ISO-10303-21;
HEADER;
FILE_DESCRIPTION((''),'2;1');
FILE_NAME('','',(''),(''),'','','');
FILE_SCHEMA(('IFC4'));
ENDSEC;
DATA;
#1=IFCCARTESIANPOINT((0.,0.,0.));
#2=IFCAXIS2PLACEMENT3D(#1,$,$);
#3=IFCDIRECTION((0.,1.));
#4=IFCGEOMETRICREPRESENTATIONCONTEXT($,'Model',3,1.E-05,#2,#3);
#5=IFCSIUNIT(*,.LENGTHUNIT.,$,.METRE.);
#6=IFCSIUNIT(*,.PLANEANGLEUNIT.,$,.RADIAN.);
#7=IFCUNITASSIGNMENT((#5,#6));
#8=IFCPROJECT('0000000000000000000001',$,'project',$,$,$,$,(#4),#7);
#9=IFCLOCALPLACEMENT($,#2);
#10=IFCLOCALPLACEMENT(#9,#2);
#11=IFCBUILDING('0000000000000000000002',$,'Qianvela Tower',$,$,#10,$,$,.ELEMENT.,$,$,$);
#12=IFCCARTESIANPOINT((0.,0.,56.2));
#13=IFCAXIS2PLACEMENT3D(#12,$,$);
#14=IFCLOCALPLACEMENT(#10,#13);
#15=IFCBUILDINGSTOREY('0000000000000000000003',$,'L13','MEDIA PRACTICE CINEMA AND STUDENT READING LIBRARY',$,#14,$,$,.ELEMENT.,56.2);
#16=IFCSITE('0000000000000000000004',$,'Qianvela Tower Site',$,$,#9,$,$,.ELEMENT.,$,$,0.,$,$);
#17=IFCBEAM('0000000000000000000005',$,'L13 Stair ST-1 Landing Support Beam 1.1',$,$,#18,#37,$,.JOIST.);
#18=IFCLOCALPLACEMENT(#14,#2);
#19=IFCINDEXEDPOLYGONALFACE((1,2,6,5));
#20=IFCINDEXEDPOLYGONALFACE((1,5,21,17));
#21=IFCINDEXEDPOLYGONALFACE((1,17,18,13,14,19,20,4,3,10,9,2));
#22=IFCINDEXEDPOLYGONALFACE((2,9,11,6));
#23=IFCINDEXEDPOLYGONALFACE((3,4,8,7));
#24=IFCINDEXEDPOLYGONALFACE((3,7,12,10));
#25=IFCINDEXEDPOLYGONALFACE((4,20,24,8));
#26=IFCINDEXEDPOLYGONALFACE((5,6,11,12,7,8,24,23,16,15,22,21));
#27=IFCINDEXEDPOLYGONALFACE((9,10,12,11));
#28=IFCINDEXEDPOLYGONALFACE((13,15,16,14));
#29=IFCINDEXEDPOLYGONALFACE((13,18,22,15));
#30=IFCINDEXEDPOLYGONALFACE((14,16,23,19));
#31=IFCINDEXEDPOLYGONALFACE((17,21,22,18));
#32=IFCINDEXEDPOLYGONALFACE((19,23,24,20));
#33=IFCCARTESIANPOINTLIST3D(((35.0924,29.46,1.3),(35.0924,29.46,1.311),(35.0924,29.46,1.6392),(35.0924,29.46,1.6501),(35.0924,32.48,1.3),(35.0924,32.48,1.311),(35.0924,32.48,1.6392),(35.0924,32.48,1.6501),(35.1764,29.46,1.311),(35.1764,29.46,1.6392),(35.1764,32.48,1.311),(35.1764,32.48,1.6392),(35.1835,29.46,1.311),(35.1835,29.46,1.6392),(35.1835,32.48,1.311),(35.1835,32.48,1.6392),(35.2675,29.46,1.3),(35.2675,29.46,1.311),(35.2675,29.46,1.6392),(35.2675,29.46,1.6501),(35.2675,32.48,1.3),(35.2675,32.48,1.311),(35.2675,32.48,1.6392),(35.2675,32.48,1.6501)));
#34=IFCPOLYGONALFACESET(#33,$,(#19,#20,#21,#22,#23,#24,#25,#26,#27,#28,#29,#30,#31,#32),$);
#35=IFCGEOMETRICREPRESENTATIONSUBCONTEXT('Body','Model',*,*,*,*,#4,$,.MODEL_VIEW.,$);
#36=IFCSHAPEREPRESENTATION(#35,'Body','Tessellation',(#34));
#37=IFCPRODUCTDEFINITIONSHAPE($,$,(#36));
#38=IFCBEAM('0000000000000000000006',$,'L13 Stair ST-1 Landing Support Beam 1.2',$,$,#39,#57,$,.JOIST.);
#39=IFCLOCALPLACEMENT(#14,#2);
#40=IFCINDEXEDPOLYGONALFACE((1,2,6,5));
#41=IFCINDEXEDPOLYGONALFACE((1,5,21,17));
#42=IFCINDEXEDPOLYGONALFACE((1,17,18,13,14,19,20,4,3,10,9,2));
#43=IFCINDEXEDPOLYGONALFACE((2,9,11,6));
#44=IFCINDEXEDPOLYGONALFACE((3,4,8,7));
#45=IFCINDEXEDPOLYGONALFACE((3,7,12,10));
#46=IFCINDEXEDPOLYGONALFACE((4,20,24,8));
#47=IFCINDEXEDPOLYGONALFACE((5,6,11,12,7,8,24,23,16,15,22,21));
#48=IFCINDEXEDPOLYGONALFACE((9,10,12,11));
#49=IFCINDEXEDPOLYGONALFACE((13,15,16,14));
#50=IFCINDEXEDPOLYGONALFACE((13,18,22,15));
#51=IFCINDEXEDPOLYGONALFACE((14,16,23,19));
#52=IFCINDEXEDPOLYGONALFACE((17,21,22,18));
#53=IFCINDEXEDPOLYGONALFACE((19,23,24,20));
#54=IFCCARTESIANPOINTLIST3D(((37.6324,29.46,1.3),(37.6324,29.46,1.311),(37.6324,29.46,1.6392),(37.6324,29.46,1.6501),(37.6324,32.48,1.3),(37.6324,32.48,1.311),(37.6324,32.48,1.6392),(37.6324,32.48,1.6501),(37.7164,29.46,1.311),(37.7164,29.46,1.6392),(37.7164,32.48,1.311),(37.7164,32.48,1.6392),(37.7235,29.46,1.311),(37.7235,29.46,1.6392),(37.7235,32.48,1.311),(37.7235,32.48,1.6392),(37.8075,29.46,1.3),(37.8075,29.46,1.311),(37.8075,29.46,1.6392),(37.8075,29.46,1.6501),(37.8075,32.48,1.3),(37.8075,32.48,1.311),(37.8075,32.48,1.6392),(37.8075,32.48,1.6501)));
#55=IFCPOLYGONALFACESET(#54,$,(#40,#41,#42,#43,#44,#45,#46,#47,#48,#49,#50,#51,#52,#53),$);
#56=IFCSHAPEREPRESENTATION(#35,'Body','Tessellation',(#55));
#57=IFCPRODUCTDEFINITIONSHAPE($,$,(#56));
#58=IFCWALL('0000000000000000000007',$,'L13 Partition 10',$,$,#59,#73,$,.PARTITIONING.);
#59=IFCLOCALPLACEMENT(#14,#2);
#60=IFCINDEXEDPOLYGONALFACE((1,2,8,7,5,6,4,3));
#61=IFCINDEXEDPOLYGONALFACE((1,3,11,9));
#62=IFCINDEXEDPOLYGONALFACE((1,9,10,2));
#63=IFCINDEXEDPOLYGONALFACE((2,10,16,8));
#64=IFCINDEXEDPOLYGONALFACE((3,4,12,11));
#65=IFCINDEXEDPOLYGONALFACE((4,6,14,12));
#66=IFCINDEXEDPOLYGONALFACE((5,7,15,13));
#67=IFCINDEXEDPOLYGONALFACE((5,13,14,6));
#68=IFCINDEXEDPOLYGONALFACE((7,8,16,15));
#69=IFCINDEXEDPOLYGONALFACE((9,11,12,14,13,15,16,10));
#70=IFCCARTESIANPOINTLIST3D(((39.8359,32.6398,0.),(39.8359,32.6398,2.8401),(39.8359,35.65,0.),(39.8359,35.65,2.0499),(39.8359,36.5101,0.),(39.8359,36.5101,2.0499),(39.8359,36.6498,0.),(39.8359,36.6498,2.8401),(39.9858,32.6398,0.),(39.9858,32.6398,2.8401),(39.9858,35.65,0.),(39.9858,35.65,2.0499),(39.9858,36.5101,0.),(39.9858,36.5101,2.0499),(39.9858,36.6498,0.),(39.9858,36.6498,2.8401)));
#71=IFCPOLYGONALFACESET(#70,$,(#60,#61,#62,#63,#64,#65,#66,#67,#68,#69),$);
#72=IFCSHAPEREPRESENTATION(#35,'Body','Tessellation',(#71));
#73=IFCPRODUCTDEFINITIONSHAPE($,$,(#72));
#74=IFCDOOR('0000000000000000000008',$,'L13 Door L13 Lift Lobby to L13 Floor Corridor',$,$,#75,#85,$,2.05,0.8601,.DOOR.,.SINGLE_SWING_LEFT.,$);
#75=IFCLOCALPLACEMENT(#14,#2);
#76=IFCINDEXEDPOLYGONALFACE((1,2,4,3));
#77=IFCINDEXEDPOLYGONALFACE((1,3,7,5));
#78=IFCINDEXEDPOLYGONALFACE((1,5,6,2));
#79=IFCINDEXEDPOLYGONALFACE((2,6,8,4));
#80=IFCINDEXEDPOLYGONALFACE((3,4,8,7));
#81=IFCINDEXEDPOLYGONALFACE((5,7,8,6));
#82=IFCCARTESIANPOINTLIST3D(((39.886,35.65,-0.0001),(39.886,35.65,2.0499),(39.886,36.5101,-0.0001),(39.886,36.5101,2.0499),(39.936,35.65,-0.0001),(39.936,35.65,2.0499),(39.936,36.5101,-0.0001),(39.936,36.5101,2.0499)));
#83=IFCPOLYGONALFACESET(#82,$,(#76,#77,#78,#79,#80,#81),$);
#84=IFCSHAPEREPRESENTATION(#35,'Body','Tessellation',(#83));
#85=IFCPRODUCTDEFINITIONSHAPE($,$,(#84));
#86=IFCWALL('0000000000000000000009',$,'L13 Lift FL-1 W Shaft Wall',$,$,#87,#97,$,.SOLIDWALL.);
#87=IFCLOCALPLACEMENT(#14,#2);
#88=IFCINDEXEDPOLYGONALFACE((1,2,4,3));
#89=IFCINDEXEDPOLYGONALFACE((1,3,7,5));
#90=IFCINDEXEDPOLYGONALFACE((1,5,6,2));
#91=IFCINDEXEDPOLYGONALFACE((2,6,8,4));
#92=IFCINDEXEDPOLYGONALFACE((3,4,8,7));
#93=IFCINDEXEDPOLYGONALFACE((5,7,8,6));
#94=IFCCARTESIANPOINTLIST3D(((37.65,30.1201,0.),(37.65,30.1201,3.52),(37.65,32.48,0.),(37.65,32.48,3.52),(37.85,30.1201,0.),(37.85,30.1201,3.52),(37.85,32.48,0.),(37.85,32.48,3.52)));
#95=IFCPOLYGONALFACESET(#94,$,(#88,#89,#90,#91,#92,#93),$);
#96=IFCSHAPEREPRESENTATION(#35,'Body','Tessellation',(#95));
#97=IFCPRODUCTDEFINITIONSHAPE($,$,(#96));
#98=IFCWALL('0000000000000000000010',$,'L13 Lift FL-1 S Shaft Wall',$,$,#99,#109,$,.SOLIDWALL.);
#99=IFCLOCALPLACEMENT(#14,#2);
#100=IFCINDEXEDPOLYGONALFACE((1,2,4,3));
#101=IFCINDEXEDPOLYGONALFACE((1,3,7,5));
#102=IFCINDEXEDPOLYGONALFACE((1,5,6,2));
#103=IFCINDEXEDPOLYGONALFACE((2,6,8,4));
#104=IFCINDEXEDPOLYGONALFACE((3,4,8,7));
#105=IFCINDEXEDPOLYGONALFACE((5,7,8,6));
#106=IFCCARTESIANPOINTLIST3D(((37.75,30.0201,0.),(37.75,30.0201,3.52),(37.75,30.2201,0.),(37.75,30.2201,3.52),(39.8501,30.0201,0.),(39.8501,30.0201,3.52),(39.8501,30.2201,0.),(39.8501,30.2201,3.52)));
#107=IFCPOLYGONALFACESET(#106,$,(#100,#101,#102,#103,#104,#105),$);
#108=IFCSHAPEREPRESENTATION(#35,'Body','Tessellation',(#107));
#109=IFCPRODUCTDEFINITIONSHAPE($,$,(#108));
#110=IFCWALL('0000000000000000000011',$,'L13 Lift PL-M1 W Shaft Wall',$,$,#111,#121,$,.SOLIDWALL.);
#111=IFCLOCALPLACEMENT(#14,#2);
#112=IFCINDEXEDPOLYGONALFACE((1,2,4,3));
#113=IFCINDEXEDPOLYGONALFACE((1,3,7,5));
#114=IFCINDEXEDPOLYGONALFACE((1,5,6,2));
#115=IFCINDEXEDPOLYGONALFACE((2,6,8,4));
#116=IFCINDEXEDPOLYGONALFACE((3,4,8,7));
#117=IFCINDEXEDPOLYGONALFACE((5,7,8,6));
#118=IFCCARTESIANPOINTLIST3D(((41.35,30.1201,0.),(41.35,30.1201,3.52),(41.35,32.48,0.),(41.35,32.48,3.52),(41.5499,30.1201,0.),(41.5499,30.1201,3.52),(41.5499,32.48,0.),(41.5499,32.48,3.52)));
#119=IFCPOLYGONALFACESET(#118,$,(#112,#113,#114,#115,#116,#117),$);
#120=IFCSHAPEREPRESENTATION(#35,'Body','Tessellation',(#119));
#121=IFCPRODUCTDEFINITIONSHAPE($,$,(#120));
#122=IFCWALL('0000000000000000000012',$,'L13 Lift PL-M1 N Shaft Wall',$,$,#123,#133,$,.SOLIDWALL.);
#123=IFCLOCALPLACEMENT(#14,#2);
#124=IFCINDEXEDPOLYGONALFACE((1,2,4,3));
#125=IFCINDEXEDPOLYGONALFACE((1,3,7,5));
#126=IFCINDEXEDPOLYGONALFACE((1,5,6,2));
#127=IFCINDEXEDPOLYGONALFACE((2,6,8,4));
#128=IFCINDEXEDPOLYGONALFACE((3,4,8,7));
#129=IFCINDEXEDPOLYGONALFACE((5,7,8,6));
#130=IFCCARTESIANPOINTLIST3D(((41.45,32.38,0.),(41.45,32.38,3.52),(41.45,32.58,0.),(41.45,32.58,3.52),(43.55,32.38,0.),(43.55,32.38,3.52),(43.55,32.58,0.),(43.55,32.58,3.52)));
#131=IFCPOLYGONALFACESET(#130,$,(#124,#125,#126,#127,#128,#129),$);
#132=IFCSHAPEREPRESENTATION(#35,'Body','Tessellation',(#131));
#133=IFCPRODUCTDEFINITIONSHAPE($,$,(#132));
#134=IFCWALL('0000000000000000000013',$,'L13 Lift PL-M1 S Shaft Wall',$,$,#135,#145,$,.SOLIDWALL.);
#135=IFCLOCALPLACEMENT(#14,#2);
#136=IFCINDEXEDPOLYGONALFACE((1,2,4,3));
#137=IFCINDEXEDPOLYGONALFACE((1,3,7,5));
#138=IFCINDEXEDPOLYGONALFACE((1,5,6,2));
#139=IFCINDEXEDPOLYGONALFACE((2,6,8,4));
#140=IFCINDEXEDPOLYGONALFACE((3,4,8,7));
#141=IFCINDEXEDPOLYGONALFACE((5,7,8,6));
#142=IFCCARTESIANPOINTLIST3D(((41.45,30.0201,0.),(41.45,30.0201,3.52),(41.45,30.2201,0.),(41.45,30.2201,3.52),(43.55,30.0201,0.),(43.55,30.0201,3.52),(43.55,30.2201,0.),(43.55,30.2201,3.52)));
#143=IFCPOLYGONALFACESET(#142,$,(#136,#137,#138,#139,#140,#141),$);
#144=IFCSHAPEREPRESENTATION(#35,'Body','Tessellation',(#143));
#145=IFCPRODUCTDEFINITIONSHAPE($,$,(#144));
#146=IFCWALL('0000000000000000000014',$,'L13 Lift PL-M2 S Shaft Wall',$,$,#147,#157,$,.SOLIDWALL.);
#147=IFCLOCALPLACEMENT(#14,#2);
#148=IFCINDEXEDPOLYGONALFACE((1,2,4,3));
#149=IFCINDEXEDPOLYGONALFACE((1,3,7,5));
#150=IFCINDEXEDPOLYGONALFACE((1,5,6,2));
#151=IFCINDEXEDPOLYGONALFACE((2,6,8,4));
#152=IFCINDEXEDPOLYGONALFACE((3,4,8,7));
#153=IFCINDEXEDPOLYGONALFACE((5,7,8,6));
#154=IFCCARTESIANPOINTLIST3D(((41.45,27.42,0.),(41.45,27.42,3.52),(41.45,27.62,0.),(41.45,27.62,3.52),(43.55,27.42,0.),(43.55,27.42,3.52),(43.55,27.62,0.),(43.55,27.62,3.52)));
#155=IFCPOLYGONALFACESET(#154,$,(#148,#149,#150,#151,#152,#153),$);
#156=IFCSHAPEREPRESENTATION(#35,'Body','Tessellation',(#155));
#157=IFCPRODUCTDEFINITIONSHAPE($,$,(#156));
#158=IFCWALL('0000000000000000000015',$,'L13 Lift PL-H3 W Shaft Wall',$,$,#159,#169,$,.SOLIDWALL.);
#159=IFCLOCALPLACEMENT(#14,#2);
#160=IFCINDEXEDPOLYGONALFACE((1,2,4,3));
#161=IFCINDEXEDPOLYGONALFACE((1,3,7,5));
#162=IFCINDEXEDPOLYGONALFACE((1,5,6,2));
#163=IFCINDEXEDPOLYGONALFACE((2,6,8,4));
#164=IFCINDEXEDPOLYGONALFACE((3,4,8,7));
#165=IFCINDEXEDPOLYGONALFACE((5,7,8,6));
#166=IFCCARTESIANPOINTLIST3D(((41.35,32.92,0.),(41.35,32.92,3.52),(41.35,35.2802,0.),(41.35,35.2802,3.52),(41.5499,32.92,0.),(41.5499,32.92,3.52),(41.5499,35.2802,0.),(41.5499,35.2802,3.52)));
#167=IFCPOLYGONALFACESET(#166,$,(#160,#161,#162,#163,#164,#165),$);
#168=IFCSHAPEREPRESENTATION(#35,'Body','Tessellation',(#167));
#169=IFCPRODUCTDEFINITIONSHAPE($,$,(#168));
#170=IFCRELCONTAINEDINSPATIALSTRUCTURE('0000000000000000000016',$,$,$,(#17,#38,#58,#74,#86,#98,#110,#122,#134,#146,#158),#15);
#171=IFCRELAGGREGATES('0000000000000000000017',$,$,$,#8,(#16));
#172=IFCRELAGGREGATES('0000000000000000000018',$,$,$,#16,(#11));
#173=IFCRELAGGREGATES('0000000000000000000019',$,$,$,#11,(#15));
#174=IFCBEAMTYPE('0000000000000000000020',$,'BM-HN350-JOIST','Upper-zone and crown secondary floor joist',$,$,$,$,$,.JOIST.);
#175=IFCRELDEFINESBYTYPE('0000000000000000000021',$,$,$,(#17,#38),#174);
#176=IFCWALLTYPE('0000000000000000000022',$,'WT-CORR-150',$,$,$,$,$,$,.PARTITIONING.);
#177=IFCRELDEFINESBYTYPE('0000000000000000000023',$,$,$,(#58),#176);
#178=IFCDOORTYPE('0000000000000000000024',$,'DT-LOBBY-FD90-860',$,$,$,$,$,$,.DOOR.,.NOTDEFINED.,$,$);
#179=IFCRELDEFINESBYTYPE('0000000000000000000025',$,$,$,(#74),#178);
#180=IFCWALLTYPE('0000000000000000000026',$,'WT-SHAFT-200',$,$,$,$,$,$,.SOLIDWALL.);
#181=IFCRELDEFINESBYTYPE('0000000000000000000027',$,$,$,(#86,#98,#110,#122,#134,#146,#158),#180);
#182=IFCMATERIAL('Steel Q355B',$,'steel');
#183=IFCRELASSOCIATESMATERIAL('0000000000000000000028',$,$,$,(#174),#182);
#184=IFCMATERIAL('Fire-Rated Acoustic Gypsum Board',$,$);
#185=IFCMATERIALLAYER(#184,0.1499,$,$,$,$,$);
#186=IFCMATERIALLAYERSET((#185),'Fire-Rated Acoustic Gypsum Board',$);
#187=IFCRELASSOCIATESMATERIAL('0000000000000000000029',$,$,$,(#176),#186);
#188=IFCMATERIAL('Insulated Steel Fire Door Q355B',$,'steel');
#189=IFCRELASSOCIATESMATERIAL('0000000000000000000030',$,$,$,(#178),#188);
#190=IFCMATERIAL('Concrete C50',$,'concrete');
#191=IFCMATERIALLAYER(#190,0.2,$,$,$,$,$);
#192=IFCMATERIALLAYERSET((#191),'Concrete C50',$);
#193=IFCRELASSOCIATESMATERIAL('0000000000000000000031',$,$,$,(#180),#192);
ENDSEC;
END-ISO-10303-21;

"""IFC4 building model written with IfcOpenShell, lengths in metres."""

from ifc_helpers import new_model, si_unit, direction, frame, frame_2d, origin, origin_2d, place, context, subcontext, project, spatial, rectangle, i_section, extrude, material, layer, layer_set, material_profile, profile_set, type_object, element, fill, save


model = new_model("IFC4")

# Units and contexts
model_context = context("Model", 3, precision=1e-05, world=origin(), true_north=direction((0.0, 1.0)))
body_context = subcontext(model_context, "Body", "Model", "MODEL_VIEW")
ifc_project = project(units=[si_unit("LENGTHUNIT", "METRE"), si_unit("PLANEANGLEUNIT", "RADIAN")], contexts=[model_context])

# Site, building, storey
site_placement = place(None, origin())
site = spatial("IfcSite", under=ifc_project, at=site_placement, Name="Qianvela Tower Site", CompositionType="ELEMENT", RefElevation=0.0)
building_placement = place(site_placement, origin())
building = spatial("IfcBuilding", under=site, at=building_placement, Name="Qianvela Tower", CompositionType="ELEMENT")
storey_placement = place(building_placement, frame((0.0, 0.0, 56.2)))
storey = spatial("IfcBuildingStorey", under=building, at=storey_placement, Name="L13", Description="MEDIA PRACTICE CINEMA AND STUDENT READING LIBRARY", CompositionType="ELEMENT", Elevation=56.2)

# Beams
ifc_material_1 = material(Name="Steel Q355B", Category="steel")
ifc_material_profile = material_profile(ifc_material_1, i_section(OverallWidth=0.175, OverallDepth=0.3501, WebThickness=0.0071, FlangeThickness=0.011, at=origin_2d()), Name="HN350x175x7x11")
ifc_profile_set = profile_set([ifc_material_profile], Name="Steel Q355B")
beam_type = type_object("IfcBeamType", Name="BM-HN350-JOIST", Description="Upper-zone and crown secondary floor joist", PredefinedType="JOIST", material=ifc_profile_set)
for number, where, z_axis, x_axis, name in (
    (1, (35.1799, 29.46, 1.4751), (0.0, 1.0, 0.0), (-1.0, 0.0, 0.0), "L13 Stair ST-1 Landing Support Beam 1.1"),
    (2, (37.72, 29.46, 1.4751), (0.0, 1.0, 0.0), (-1.0, 0.0, 0.0), "L13 Stair ST-1 Landing Support Beam 1.2"),
):
    element("IfcBeam", number, at=place(storey_placement, frame(where, z_axis=z_axis, x_axis=x_axis)), inside=storey, type_object=beam_type, Name=name, PredefinedType="JOIST", context=body_context, shape_type="SweptSolid", body=[
        extrude(i_section(OverallWidth=0.175, OverallDepth=0.3501, WebThickness=0.0071, FlangeThickness=0.011, at=origin_2d()), origin(), (0.0, 0.0, 1.0), 3.02),
    ])

# Wall, opening, door
ifc_material_2 = material(Name="Fire-Rated Acoustic Gypsum Board")
ifc_layer_1 = layer(ifc_material_2, 0.1499)
ifc_layer_set_1 = layer_set([ifc_layer_1], Name="Fire-Rated Acoustic Gypsum Board")
wall_type_1 = type_object("IfcWallType", Name="WT-CORR-150", PredefinedType="PARTITIONING", material=ifc_layer_set_1)
wall_1_placement = place(storey_placement, frame((39.9109, 32.6399, 0.0), z_axis=(0.0, 0.0, 1.0), x_axis=(0.0, 1.0, 0.0)))
wall_1 = element("IfcWall", 3, at=wall_1_placement, inside=storey, type_object=wall_type_1, Name="L13 Partition 10", PredefinedType="PARTITIONING", context=body_context, shape_type="SweptSolid", body=[
    extrude(rectangle(XDim=4.01, YDim=0.1499, at=frame_2d((2.0049, 0.0))), origin(), (0.0, 0.0, 1.0), 2.8401),
])
opening_1_placement = place(wall_1_placement, frame((3.01, 0.0, 0.0)))
opening_1 = element("IfcOpeningElement", 4, at=opening_1_placement, cuts=wall_1, PredefinedType="OPENING", context=body_context, shape_type="SweptSolid", body=[
    extrude(rectangle(XDim=0.8601, YDim=2.05, at=frame_2d((0.4302, 1.0249))), frame((0.0, 0.085, 0.0), z_axis=(0.0, -1.0, 0.0), x_axis=(1.0, 0.0, 0.0)), (0.0, 0.0, 1.0), 0.1699),
])
ifc_material_3 = material(Name="Insulated Steel Fire Door Q355B", Category="steel")
door_type_1 = type_object("IfcDoorType", Name="DT-LOBBY-FD90-860", OperationType="NOTDEFINED", PredefinedType="DOOR", material=ifc_material_3)
door_1_placement = place(opening_1_placement, origin())
door_1 = element("IfcDoor", 5, at=door_1_placement, inside=storey, type_object=door_type_1, Name="L13 Door L13 Lift Lobby to L13 Floor Corridor", OperationType="SINGLE_SWING_LEFT", OverallHeight=2.05, OverallWidth=0.8601, PredefinedType="DOOR", context=body_context, shape_type="SweptSolid", body=[
    extrude(rectangle(XDim=0.8601, YDim=2.05, at=frame_2d((0.4302, 1.0249))), frame((0.0, 0.0249, 0.0), z_axis=(0.0, -1.0, 0.0), x_axis=(1.0, 0.0, 0.0)), (0.0, 0.0, 1.0), 0.05),
])
fill(opening_1, door_1)
ifc_material_4 = material(Name="Concrete C50", Category="concrete")
ifc_layer_2 = layer(ifc_material_4, 0.2)
ifc_layer_set_2 = layer_set([ifc_layer_2], Name="Concrete C50")
wall_type_2 = type_object("IfcWallType", Name="WT-SHAFT-200", PredefinedType="SOLIDWALL", material=ifc_layer_set_2)

# Walls
wall_2_placement = place(storey_placement, frame((37.75, 30.1201, 0.0), z_axis=(0.0, 0.0, 1.0), x_axis=(0.0, 1.0, 0.0)))
element("IfcWall", 6, at=wall_2_placement, inside=storey, type_object=wall_type_2, Name="L13 Lift FL-1 W Shaft Wall", PredefinedType="SOLIDWALL", context=body_context, shape_type="SweptSolid", body=[
    extrude(rectangle(XDim=2.3599, YDim=0.2, at=frame_2d((1.1799, 0.0))), origin(), (0.0, 0.0, 1.0), 3.52),
])
wall_3_placement = place(storey_placement, frame((37.75, 30.1201, 0.0), z_axis=(0.0, 0.0, 1.0), x_axis=(1.0, 0.0, 0.0)))
element("IfcWall", 7, at=wall_3_placement, inside=storey, type_object=wall_type_2, Name="L13 Lift FL-1 S Shaft Wall", PredefinedType="SOLIDWALL", context=body_context, shape_type="SweptSolid", body=[
    extrude(rectangle(XDim=2.1001, YDim=0.2, at=frame_2d((1.05, 0.0))), origin(), (0.0, 0.0, 1.0), 3.52),
])
wall_4_placement = place(storey_placement, frame((41.45, 30.1201, 0.0), z_axis=(0.0, 0.0, 1.0), x_axis=(0.0, 1.0, 0.0)))
element("IfcWall", 8, at=wall_4_placement, inside=storey, type_object=wall_type_2, Name="L13 Lift PL-M1 W Shaft Wall", PredefinedType="SOLIDWALL", context=body_context, shape_type="SweptSolid", body=[
    extrude(rectangle(XDim=2.3599, YDim=0.2, at=frame_2d((1.1799, 0.0))), origin(), (0.0, 0.0, 1.0), 3.52),
])
for number, where, z_axis, x_axis, name in (
    (9, (41.45, 32.48, 0.0), (0.0, 0.0, 1.0), (1.0, 0.0, 0.0), "L13 Lift PL-M1 N Shaft Wall"),
    (10, (41.45, 30.1201, 0.0), (0.0, 0.0, 1.0), (1.0, 0.0, 0.0), "L13 Lift PL-M1 S Shaft Wall"),
    (11, (41.45, 27.52, 0.0), (0.0, 0.0, 1.0), (1.0, 0.0, 0.0), "L13 Lift PL-M2 S Shaft Wall"),
):
    element("IfcWall", number, at=place(storey_placement, frame(where, z_axis=z_axis, x_axis=x_axis)), inside=storey, type_object=wall_type_2, Name=name, PredefinedType="SOLIDWALL", context=body_context, shape_type="SweptSolid", body=[
        extrude(rectangle(XDim=2.1001, YDim=0.2, at=frame_2d((1.05, 0.0))), origin(), (0.0, 0.0, 1.0), 3.52),
    ])
wall_5_placement = place(storey_placement, frame((41.45, 32.9199, 0.0), z_axis=(0.0, 0.0, 1.0), x_axis=(0.0, 1.0, 0.0)))
element("IfcWall", 12, at=wall_5_placement, inside=storey, type_object=wall_type_2, Name="L13 Lift PL-H3 W Shaft Wall", PredefinedType="SOLIDWALL", context=body_context, shape_type="SweptSolid", body=[
    extrude(rectangle(XDim=2.3601, YDim=0.2, at=frame_2d((1.1802, 0.0))), origin(), (0.0, 0.0, 1.0), 3.52),
])

save(model, "model.ifc")
